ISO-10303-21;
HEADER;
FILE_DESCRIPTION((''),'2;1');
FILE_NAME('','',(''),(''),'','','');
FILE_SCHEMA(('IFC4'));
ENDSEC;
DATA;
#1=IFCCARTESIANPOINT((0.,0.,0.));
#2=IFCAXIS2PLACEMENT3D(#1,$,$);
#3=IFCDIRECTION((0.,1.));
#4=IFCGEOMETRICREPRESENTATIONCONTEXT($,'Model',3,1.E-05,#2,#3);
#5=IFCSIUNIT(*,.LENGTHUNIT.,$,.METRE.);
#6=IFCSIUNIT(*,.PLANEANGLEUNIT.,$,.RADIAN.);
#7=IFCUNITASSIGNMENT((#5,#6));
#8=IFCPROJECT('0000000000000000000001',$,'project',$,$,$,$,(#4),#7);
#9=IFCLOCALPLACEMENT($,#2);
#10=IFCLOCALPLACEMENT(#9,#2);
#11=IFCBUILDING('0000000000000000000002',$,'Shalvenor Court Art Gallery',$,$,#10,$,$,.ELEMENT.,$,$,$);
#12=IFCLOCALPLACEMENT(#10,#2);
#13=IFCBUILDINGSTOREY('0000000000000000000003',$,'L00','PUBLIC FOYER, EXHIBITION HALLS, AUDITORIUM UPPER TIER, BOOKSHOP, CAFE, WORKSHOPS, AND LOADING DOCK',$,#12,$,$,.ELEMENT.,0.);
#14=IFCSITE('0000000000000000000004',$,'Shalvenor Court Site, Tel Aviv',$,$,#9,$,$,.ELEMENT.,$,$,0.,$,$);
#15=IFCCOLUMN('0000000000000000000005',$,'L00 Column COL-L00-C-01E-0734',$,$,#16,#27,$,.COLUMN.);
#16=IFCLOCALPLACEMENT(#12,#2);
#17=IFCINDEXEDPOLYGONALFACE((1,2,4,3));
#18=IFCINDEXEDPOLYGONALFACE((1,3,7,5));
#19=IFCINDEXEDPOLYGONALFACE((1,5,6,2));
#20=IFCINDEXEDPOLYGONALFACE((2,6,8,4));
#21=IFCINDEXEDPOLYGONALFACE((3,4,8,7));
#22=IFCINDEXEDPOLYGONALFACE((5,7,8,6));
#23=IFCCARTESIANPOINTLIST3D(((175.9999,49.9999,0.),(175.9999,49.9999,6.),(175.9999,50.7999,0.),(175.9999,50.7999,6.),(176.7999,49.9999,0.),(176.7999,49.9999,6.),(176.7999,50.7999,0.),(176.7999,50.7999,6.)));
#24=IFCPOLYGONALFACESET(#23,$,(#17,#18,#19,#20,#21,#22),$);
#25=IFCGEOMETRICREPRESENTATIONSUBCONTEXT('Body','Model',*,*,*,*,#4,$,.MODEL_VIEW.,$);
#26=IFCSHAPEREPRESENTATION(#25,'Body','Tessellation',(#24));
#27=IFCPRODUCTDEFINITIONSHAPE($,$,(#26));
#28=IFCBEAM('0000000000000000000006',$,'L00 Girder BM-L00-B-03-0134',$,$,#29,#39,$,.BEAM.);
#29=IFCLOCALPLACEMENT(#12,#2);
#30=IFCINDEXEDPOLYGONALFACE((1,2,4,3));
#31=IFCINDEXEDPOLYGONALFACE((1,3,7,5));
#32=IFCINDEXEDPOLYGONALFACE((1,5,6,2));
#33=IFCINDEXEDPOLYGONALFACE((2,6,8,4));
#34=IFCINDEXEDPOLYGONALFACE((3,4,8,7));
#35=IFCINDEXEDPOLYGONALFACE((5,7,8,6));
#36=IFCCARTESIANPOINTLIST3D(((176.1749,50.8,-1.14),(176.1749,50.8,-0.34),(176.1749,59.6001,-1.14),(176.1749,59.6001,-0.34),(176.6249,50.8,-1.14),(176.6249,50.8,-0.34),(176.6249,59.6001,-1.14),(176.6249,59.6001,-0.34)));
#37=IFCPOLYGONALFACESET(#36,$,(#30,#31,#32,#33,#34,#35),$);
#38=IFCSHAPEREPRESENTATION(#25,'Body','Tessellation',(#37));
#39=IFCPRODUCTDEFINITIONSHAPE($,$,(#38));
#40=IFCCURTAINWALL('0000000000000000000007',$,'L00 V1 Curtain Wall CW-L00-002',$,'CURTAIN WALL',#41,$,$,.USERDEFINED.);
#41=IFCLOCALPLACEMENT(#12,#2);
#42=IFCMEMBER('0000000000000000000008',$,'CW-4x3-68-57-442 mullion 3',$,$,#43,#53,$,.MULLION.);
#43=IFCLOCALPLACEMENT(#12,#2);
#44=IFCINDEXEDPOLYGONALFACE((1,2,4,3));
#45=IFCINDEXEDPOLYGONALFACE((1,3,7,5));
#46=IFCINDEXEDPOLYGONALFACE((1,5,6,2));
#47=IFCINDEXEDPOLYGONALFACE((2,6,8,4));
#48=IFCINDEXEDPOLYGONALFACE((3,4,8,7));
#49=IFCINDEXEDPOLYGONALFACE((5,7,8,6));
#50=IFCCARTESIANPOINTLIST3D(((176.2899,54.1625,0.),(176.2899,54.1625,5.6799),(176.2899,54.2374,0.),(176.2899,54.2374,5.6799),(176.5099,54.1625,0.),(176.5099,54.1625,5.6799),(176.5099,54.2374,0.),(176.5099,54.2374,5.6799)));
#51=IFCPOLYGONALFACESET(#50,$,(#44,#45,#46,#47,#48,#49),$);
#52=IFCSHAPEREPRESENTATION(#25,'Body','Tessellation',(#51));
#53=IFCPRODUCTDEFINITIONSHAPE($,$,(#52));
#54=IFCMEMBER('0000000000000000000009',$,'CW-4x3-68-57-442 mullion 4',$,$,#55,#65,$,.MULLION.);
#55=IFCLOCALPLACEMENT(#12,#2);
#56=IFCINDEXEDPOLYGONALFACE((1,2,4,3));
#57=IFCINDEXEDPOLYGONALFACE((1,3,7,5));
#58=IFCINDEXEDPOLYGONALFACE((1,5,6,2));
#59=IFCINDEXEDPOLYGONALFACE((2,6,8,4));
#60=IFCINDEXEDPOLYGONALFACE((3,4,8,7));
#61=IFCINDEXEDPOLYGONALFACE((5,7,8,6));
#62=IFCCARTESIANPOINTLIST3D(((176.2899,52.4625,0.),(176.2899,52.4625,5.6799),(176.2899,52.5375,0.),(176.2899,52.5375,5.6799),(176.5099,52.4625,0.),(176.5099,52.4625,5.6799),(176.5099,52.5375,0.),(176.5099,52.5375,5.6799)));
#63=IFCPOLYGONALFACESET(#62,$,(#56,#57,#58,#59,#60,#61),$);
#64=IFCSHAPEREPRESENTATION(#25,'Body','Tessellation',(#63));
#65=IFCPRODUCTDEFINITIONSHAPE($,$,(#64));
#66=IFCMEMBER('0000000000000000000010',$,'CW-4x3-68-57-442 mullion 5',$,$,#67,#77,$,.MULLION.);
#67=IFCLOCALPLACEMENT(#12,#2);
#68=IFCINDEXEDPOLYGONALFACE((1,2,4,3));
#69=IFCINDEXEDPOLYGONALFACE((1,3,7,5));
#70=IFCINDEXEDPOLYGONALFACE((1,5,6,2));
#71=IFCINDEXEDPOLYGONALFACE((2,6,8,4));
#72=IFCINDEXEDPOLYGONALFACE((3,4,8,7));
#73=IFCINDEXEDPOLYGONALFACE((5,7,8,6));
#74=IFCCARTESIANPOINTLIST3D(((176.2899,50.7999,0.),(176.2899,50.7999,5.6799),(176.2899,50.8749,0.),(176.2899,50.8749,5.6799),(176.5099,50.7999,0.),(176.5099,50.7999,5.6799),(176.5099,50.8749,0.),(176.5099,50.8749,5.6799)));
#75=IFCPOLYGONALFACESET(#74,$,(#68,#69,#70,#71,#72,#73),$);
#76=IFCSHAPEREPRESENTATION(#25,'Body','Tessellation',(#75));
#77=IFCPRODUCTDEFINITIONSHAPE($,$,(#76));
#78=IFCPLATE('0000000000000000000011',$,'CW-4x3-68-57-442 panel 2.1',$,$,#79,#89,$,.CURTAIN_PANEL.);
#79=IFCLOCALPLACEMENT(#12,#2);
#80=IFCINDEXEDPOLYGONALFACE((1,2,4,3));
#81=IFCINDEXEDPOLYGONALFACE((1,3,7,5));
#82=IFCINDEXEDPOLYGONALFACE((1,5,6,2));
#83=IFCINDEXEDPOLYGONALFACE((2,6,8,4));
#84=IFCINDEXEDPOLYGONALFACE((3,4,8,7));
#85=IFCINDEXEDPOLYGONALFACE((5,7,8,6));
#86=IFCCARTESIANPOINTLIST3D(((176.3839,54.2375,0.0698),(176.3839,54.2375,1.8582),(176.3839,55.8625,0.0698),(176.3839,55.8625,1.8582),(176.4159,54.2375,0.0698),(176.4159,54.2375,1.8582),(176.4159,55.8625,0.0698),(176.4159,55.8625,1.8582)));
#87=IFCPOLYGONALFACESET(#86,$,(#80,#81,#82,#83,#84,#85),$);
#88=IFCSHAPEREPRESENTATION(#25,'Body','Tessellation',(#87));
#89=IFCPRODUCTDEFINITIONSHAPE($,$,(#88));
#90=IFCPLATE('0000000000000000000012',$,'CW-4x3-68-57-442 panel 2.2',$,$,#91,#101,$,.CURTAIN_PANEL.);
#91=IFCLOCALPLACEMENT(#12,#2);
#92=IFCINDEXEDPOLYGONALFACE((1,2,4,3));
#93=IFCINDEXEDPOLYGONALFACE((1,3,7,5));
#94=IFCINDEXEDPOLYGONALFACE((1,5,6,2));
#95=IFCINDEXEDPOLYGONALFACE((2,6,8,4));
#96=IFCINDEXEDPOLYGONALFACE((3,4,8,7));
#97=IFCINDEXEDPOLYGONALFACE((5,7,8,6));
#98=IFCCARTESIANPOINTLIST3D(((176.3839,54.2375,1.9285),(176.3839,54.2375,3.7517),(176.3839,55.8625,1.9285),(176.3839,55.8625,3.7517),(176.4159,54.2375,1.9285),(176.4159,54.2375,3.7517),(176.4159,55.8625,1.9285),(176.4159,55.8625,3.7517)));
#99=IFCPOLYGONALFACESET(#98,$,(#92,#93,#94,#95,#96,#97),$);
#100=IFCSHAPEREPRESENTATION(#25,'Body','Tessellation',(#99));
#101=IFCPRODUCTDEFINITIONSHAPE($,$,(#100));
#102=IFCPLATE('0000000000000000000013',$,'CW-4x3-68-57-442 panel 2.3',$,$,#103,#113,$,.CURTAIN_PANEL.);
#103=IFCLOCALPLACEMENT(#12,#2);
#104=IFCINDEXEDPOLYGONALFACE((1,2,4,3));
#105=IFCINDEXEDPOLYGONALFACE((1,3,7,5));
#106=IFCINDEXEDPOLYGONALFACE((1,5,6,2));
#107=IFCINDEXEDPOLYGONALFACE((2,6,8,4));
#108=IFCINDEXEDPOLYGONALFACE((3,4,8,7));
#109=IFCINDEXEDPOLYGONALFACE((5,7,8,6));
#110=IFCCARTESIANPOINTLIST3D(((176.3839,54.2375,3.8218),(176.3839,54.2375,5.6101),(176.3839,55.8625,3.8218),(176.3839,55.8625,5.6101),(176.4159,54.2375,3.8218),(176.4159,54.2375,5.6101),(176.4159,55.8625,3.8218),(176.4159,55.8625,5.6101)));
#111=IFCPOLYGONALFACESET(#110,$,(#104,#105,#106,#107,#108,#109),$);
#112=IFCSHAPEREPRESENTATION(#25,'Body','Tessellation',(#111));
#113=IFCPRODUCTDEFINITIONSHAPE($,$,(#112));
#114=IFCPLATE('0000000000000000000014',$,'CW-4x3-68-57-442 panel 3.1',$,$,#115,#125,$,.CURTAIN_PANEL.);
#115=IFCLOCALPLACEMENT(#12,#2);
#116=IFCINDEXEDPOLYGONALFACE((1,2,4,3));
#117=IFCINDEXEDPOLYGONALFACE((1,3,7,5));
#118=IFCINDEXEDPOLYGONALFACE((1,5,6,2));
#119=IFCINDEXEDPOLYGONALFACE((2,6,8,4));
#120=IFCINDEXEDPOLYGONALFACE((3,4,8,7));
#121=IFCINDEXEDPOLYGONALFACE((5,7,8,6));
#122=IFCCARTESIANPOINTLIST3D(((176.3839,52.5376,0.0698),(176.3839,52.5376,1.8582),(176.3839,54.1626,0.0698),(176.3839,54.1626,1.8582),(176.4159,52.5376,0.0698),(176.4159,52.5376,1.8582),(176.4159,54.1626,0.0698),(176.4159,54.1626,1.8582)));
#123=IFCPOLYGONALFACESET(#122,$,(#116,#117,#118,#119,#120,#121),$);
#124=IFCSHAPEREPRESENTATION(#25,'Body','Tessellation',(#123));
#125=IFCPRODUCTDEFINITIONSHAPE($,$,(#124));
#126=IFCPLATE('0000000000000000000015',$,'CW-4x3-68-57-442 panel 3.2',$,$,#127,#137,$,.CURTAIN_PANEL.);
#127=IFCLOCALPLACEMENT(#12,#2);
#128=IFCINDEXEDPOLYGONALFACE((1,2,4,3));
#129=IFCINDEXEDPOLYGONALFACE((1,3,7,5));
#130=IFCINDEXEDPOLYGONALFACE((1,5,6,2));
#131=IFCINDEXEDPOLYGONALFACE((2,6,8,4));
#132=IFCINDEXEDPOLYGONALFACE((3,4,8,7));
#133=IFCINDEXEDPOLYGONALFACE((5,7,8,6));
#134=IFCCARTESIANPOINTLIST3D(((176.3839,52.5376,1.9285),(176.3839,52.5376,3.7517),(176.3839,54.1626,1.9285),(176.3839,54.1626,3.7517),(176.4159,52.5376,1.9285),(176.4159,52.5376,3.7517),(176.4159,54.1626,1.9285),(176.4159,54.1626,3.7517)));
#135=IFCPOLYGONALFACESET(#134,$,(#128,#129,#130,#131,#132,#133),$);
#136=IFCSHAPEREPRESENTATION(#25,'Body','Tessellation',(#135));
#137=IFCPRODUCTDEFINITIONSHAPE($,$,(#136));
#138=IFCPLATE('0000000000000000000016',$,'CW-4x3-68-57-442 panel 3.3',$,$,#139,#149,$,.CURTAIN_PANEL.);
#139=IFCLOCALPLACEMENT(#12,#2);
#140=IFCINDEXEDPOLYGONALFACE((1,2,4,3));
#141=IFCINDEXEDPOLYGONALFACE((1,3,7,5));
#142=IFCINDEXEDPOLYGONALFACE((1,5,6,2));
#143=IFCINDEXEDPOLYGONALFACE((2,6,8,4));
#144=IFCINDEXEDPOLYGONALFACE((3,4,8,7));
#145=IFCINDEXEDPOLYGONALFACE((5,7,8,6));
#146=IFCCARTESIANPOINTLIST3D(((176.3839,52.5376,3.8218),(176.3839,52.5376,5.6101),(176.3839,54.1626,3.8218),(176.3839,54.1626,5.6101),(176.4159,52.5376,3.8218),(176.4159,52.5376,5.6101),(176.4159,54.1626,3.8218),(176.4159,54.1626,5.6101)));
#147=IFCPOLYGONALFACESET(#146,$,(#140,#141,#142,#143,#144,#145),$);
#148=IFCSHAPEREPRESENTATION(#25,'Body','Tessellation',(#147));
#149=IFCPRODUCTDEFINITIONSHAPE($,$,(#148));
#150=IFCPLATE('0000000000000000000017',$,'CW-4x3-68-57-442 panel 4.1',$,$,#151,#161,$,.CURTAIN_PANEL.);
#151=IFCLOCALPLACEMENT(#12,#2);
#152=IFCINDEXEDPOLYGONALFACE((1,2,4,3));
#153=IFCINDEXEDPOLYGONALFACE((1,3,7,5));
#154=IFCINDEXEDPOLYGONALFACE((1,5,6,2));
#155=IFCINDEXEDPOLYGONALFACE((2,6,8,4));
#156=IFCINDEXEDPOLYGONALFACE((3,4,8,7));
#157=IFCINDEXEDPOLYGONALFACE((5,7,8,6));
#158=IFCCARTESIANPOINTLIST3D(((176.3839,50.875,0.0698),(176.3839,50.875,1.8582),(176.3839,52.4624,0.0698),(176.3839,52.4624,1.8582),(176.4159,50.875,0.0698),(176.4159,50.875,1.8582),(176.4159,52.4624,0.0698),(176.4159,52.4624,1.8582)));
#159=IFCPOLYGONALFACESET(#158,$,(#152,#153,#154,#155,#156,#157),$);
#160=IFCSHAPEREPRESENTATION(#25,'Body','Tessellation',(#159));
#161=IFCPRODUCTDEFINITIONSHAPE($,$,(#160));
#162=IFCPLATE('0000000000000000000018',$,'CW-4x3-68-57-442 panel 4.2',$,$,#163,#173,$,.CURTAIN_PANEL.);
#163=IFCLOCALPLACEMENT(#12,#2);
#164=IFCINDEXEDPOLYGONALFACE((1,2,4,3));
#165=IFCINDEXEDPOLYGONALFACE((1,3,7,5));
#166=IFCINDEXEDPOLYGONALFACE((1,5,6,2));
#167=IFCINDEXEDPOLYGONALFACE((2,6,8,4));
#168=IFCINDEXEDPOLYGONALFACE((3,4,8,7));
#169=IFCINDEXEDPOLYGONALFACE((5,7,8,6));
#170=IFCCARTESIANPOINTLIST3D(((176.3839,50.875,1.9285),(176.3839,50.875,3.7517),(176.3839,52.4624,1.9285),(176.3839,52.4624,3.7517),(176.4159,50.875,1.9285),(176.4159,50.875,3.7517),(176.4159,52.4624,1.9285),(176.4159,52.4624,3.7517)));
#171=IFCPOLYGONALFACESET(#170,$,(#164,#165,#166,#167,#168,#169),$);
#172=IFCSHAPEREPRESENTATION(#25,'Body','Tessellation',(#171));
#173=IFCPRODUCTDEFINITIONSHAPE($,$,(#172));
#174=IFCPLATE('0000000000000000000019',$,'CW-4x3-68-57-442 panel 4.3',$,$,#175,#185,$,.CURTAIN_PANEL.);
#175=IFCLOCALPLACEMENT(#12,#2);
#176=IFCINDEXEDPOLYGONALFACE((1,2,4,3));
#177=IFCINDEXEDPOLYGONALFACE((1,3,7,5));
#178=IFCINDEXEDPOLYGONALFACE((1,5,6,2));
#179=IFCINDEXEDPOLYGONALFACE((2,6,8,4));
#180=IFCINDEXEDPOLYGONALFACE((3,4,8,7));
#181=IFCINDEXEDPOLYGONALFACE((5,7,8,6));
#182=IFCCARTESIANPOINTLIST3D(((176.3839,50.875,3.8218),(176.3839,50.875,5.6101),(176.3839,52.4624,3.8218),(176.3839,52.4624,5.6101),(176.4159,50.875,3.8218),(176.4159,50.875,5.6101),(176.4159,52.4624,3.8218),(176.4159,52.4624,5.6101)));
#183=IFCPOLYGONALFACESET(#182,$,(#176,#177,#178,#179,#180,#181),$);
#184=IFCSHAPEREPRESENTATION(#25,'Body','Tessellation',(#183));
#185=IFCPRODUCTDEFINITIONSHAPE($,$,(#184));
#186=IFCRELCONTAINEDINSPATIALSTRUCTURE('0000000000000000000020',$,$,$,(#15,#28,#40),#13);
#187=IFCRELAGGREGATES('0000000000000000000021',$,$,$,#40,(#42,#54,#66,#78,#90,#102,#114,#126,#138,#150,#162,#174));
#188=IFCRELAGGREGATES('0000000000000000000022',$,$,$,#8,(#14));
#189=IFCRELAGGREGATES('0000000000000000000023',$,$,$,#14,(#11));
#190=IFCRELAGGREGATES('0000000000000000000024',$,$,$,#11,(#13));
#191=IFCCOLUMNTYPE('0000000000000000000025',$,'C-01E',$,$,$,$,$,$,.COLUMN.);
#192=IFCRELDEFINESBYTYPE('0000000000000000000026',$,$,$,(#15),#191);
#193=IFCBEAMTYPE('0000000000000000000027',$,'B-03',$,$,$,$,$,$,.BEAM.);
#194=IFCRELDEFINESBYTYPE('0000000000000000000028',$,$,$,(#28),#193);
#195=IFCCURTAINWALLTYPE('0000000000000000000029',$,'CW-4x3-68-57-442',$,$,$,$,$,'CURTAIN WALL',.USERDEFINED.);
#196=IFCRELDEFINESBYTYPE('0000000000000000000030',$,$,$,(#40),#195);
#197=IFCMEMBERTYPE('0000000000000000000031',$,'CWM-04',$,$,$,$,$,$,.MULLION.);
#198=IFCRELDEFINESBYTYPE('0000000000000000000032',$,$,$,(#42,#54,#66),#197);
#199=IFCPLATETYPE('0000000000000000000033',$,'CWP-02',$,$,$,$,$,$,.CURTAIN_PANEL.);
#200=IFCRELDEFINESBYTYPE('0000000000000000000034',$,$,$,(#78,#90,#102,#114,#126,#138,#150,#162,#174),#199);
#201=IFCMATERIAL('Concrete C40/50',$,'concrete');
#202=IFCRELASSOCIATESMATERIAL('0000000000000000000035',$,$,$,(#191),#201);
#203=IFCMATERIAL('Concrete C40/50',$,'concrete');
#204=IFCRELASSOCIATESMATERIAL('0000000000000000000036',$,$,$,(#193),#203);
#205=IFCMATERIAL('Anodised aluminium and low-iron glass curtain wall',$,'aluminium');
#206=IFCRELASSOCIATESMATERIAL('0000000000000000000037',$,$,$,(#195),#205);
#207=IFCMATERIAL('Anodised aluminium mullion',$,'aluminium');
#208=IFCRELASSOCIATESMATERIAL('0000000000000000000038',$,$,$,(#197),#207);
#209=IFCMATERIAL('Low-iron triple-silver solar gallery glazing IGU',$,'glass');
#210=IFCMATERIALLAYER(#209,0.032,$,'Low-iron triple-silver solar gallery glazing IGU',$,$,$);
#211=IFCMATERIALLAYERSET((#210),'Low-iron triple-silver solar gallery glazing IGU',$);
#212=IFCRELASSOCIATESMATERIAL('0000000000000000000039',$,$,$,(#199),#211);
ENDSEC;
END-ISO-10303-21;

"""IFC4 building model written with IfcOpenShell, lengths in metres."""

from ifc_helpers import new_model, si_unit, direction, frame, origin, origin_2d, place, context, subcontext, project, spatial, rectangle, extrude, material, layer, layer_set, material_profile, profile_set, type_object, element, aggregate, save


model = new_model("IFC4")

# Units and contexts
model_context = context("Model", 3, precision=1e-05, world=origin(), true_north=direction((0.0, 1.0)))
body_context = subcontext(model_context, "Body", "Model", "MODEL_VIEW")
ifc_project = project(units=[si_unit("LENGTHUNIT", "METRE"), si_unit("PLANEANGLEUNIT", "RADIAN")], contexts=[model_context])

# Site, building, storey
site_placement = place(None, origin())
site = spatial("IfcSite", under=ifc_project, at=site_placement, Name="Shalvenor Court Site, Tel Aviv", CompositionType="ELEMENT", RefElevation=0.0)
building_placement = place(site_placement, origin())
building = spatial("IfcBuilding", under=site, at=building_placement, Name="Shalvenor Court Art Gallery", CompositionType="ELEMENT")
storey_placement = place(building_placement, origin())
storey = spatial("IfcBuildingStorey", under=building, at=storey_placement, Name="L00", Description="PUBLIC FOYER, EXHIBITION HALLS, AUDITORIUM UPPER TIER, BOOKSHOP, CAFE, WORKSHOPS, AND LOADING DOCK", CompositionType="ELEMENT", Elevation=0.0)

# Column
ifc_material_1 = material(Name="Concrete C40/50", Category="concrete")
ifc_material_profile_1 = material_profile(ifc_material_1, rectangle(XDim=0.8, YDim=0.8, at=origin_2d()), Name="RC 800x800")
ifc_profile_set_1 = profile_set([ifc_material_profile_1], Name="Concrete C40/50")
column_type = type_object("IfcColumnType", Name="C-01E", PredefinedType="COLUMN", material=ifc_profile_set_1)
column_placement = place(storey_placement, frame((176.3999, 50.3999, 0.0), z_axis=(0.0, 0.0, 1.0), x_axis=(1.0, 0.0, 0.0)))
element("IfcColumn", 1, at=column_placement, inside=storey, type_object=column_type, Name="L00 Column COL-L00-C-01E-0734", PredefinedType="COLUMN", context=body_context, shape_type="SweptSolid", body=[
    extrude(rectangle(XDim=0.8, YDim=0.8, at=origin_2d()), origin(), (0.0, 0.0, 1.0), 6.0),
])

# Beam
ifc_material_2 = material(Name="Concrete C40/50", Category="concrete")
ifc_material_profile_2 = material_profile(ifc_material_2, rectangle(XDim=0.45, YDim=0.8, at=origin_2d()), Name="RC 450x800")
ifc_profile_set_2 = profile_set([ifc_material_profile_2], Name="Concrete C40/50")
beam_type = type_object("IfcBeamType", Name="B-03", PredefinedType="BEAM", material=ifc_profile_set_2)
beam_placement = place(storey_placement, frame((176.3999, 50.8, -0.74), z_axis=(0.0, 1.0, 0.0), x_axis=(-1.0, 0.0, 0.0)))
element("IfcBeam", 2, at=beam_placement, inside=storey, type_object=beam_type, Name="L00 Girder BM-L00-B-03-0134", PredefinedType="BEAM", context=body_context, shape_type="SweptSolid", body=[
    extrude(rectangle(XDim=0.45, YDim=0.8, at=origin_2d()), origin(), (0.0, 0.0, 1.0), 8.8),
])

# Curtain wall, members, plates
ifc_material_3 = material(Name="Anodised aluminium and low-iron glass curtain wall", Category="aluminium")
curtain_wall_type = type_object("IfcCurtainWallType", Name="CW-4x3-68-57-442", ElementType="CURTAIN WALL", PredefinedType="USERDEFINED", material=ifc_material_3)
curtain_wall_placement = place(storey_placement, origin())
curtain_wall = element("IfcCurtainWall", 3, at=curtain_wall_placement, inside=storey, type_object=curtain_wall_type, Name="L00 V1 Curtain Wall CW-L00-002", ObjectType="CURTAIN WALL", PredefinedType="USERDEFINED")
ifc_material_4 = material(Name="Anodised aluminium mullion", Category="aluminium")
ifc_material_profile_3 = material_profile(ifc_material_4, rectangle(XDim=0.075, YDim=0.22, at=origin_2d()), Name="CWM-04")
ifc_profile_set_3 = profile_set([ifc_material_profile_3], Name="Anodised aluminium mullion")
member_type = type_object("IfcMemberType", Name="CWM-04", PredefinedType="MULLION", material=ifc_profile_set_3)
member_1_placement = place(storey_placement, frame((176.3999, 54.2, 0.0), z_axis=(0.0, 0.0, 1.0), x_axis=(0.0, -1.0, 0.0)))
member_1 = element("IfcMember", 4, at=member_1_placement, type_object=member_type, Name="CW-4x3-68-57-442 mullion 3", PredefinedType="MULLION", context=body_context, shape_type="SweptSolid", body=[
    extrude(rectangle(XDim=0.075, YDim=0.22, at=origin_2d()), origin(), (0.0, 0.0, 1.0), 5.6799),
])
member_2_placement = place(storey_placement, frame((176.3999, 52.5, 0.0), z_axis=(0.0, 0.0, 1.0), x_axis=(0.0, -1.0, 0.0)))
member_2 = element("IfcMember", 5, at=member_2_placement, type_object=member_type, Name="CW-4x3-68-57-442 mullion 4", PredefinedType="MULLION", context=body_context, shape_type="SweptSolid", body=[
    extrude(rectangle(XDim=0.075, YDim=0.22, at=origin_2d()), origin(), (0.0, 0.0, 1.0), 5.6799),
])
member_3_placement = place(storey_placement, frame((176.3999, 50.8374, 0.0), z_axis=(0.0, 0.0, 1.0), x_axis=(0.0, -1.0, 0.0)))
member_3 = element("IfcMember", 6, at=member_3_placement, type_object=member_type, Name="CW-4x3-68-57-442 mullion 5", PredefinedType="MULLION", context=body_context, shape_type="SweptSolid", body=[
    extrude(rectangle(XDim=0.075, YDim=0.22, at=origin_2d()), origin(), (0.0, 0.0, 1.0), 5.6799),
])
ifc_material_5 = material(Name="Low-iron triple-silver solar gallery glazing IGU", Category="glass")
ifc_layer_1 = layer(ifc_material_5, 0.032, Name="Low-iron triple-silver solar gallery glazing IGU")
ifc_layer_set_1 = layer_set([ifc_layer_1], Name="Low-iron triple-silver solar gallery glazing IGU")
plate_type_1 = type_object("IfcPlateType", Name="CWP-02", PredefinedType="CURTAIN_PANEL", material=ifc_layer_set_1)
plate_1_placement = place(storey_placement, frame((176.3999, 55.05, 0.0698), z_axis=(0.0, 0.0, 1.0), x_axis=(0.0, -1.0, 0.0)))
plate_1 = element("IfcPlate", 7, at=plate_1_placement, type_object=plate_type_1, Name="CW-4x3-68-57-442 panel 2.1", PredefinedType="CURTAIN_PANEL", context=body_context, shape_type="SweptSolid", body=[
    extrude(rectangle(XDim=1.625, YDim=0.032, at=origin_2d()), origin(), (0.0, 0.0, 1.0), 1.7883),
])
plate_2_placement = place(storey_placement, frame((176.3999, 55.05, 1.9285), z_axis=(0.0, 0.0, 1.0), x_axis=(0.0, -1.0, 0.0)))
plate_2 = element("IfcPlate", 8, at=plate_2_placement, type_object=plate_type_1, Name="CW-4x3-68-57-442 panel 2.2", PredefinedType="CURTAIN_PANEL", context=body_context, shape_type="SweptSolid", body=[
    extrude(rectangle(XDim=1.625, YDim=0.032, at=origin_2d()), origin(), (0.0, 0.0, 1.0), 1.8232),
])
plate_3_placement = place(storey_placement, frame((176.3999, 55.05, 3.8218), z_axis=(0.0, 0.0, 1.0), x_axis=(0.0, -1.0, 0.0)))
plate_3 = element("IfcPlate", 9, at=plate_3_placement, type_object=plate_type_1, Name="CW-4x3-68-57-442 panel 2.3", PredefinedType="CURTAIN_PANEL", context=body_context, shape_type="SweptSolid", body=[
    extrude(rectangle(XDim=1.625, YDim=0.032, at=origin_2d()), origin(), (0.0, 0.0, 1.0), 1.7883),
])
plate_4_placement = place(storey_placement, frame((176.3999, 53.3501, 0.0698), z_axis=(0.0, 0.0, 1.0), x_axis=(0.0, -1.0, 0.0)))
plate_4 = element("IfcPlate", 10, at=plate_4_placement, type_object=plate_type_1, Name="CW-4x3-68-57-442 panel 3.1", PredefinedType="CURTAIN_PANEL", context=body_context, shape_type="SweptSolid", body=[
    extrude(rectangle(XDim=1.625, YDim=0.032, at=origin_2d()), origin(), (0.0, 0.0, 1.0), 1.7883),
])
plate_5_placement = place(storey_placement, frame((176.3999, 53.3501, 1.9285), z_axis=(0.0, 0.0, 1.0), x_axis=(0.0, -1.0, 0.0)))
plate_5 = element("IfcPlate", 11, at=plate_5_placement, type_object=plate_type_1, Name="CW-4x3-68-57-442 panel 3.2", PredefinedType="CURTAIN_PANEL", context=body_context, shape_type="SweptSolid", body=[
    extrude(rectangle(XDim=1.625, YDim=0.032, at=origin_2d()), origin(), (0.0, 0.0, 1.0), 1.8232),
])
plate_6_placement = place(storey_placement, frame((176.3999, 53.3501, 3.8218), z_axis=(0.0, 0.0, 1.0), x_axis=(0.0, -1.0, 0.0)))
plate_6 = element("IfcPlate", 12, at=plate_6_placement, type_object=plate_type_1, Name="CW-4x3-68-57-442 panel 3.3", PredefinedType="CURTAIN_PANEL", context=body_context, shape_type="SweptSolid", body=[
    extrude(rectangle(XDim=1.625, YDim=0.032, at=origin_2d()), origin(), (0.0, 0.0, 1.0), 1.7883),
])
plate_7_placement = place(storey_placement, frame((176.3999, 51.6687, 0.0698), z_axis=(0.0, 0.0, 1.0), x_axis=(0.0, -1.0, 0.0)))
plate_7 = element("IfcPlate", 13, at=plate_7_placement, type_object=plate_type_1, Name="CW-4x3-68-57-442 panel 4.1", PredefinedType="CURTAIN_PANEL", context=body_context, shape_type="SweptSolid", body=[
    extrude(rectangle(XDim=1.5874, YDim=0.032, at=origin_2d()), origin(), (0.0, 0.0, 1.0), 1.7883),
])
plate_8_placement = place(storey_placement, frame((176.3999, 51.6687, 1.9285), z_axis=(0.0, 0.0, 1.0), x_axis=(0.0, -1.0, 0.0)))
plate_8 = element("IfcPlate", 14, at=plate_8_placement, type_object=plate_type_1, Name="CW-4x3-68-57-442 panel 4.2", PredefinedType="CURTAIN_PANEL", context=body_context, shape_type="SweptSolid", body=[
    extrude(rectangle(XDim=1.5874, YDim=0.032, at=origin_2d()), origin(), (0.0, 0.0, 1.0), 1.8232),
])
plate_9_placement = place(storey_placement, frame((176.3999, 51.6687, 3.8218), z_axis=(0.0, 0.0, 1.0), x_axis=(0.0, -1.0, 0.0)))
plate_9 = element("IfcPlate", 15, at=plate_9_placement, type_object=plate_type_1, Name="CW-4x3-68-57-442 panel 4.3", PredefinedType="CURTAIN_PANEL", context=body_context, shape_type="SweptSolid", body=[
    extrude(rectangle(XDim=1.5874, YDim=0.032, at=origin_2d()), origin(), (0.0, 0.0, 1.0), 1.7883),
])
aggregate(curtain_wall, [member_1, member_2, member_3, plate_1, plate_2, plate_3, plate_4, plate_5, plate_6, plate_7, plate_8, plate_9])

save(model, "model.ifc")
